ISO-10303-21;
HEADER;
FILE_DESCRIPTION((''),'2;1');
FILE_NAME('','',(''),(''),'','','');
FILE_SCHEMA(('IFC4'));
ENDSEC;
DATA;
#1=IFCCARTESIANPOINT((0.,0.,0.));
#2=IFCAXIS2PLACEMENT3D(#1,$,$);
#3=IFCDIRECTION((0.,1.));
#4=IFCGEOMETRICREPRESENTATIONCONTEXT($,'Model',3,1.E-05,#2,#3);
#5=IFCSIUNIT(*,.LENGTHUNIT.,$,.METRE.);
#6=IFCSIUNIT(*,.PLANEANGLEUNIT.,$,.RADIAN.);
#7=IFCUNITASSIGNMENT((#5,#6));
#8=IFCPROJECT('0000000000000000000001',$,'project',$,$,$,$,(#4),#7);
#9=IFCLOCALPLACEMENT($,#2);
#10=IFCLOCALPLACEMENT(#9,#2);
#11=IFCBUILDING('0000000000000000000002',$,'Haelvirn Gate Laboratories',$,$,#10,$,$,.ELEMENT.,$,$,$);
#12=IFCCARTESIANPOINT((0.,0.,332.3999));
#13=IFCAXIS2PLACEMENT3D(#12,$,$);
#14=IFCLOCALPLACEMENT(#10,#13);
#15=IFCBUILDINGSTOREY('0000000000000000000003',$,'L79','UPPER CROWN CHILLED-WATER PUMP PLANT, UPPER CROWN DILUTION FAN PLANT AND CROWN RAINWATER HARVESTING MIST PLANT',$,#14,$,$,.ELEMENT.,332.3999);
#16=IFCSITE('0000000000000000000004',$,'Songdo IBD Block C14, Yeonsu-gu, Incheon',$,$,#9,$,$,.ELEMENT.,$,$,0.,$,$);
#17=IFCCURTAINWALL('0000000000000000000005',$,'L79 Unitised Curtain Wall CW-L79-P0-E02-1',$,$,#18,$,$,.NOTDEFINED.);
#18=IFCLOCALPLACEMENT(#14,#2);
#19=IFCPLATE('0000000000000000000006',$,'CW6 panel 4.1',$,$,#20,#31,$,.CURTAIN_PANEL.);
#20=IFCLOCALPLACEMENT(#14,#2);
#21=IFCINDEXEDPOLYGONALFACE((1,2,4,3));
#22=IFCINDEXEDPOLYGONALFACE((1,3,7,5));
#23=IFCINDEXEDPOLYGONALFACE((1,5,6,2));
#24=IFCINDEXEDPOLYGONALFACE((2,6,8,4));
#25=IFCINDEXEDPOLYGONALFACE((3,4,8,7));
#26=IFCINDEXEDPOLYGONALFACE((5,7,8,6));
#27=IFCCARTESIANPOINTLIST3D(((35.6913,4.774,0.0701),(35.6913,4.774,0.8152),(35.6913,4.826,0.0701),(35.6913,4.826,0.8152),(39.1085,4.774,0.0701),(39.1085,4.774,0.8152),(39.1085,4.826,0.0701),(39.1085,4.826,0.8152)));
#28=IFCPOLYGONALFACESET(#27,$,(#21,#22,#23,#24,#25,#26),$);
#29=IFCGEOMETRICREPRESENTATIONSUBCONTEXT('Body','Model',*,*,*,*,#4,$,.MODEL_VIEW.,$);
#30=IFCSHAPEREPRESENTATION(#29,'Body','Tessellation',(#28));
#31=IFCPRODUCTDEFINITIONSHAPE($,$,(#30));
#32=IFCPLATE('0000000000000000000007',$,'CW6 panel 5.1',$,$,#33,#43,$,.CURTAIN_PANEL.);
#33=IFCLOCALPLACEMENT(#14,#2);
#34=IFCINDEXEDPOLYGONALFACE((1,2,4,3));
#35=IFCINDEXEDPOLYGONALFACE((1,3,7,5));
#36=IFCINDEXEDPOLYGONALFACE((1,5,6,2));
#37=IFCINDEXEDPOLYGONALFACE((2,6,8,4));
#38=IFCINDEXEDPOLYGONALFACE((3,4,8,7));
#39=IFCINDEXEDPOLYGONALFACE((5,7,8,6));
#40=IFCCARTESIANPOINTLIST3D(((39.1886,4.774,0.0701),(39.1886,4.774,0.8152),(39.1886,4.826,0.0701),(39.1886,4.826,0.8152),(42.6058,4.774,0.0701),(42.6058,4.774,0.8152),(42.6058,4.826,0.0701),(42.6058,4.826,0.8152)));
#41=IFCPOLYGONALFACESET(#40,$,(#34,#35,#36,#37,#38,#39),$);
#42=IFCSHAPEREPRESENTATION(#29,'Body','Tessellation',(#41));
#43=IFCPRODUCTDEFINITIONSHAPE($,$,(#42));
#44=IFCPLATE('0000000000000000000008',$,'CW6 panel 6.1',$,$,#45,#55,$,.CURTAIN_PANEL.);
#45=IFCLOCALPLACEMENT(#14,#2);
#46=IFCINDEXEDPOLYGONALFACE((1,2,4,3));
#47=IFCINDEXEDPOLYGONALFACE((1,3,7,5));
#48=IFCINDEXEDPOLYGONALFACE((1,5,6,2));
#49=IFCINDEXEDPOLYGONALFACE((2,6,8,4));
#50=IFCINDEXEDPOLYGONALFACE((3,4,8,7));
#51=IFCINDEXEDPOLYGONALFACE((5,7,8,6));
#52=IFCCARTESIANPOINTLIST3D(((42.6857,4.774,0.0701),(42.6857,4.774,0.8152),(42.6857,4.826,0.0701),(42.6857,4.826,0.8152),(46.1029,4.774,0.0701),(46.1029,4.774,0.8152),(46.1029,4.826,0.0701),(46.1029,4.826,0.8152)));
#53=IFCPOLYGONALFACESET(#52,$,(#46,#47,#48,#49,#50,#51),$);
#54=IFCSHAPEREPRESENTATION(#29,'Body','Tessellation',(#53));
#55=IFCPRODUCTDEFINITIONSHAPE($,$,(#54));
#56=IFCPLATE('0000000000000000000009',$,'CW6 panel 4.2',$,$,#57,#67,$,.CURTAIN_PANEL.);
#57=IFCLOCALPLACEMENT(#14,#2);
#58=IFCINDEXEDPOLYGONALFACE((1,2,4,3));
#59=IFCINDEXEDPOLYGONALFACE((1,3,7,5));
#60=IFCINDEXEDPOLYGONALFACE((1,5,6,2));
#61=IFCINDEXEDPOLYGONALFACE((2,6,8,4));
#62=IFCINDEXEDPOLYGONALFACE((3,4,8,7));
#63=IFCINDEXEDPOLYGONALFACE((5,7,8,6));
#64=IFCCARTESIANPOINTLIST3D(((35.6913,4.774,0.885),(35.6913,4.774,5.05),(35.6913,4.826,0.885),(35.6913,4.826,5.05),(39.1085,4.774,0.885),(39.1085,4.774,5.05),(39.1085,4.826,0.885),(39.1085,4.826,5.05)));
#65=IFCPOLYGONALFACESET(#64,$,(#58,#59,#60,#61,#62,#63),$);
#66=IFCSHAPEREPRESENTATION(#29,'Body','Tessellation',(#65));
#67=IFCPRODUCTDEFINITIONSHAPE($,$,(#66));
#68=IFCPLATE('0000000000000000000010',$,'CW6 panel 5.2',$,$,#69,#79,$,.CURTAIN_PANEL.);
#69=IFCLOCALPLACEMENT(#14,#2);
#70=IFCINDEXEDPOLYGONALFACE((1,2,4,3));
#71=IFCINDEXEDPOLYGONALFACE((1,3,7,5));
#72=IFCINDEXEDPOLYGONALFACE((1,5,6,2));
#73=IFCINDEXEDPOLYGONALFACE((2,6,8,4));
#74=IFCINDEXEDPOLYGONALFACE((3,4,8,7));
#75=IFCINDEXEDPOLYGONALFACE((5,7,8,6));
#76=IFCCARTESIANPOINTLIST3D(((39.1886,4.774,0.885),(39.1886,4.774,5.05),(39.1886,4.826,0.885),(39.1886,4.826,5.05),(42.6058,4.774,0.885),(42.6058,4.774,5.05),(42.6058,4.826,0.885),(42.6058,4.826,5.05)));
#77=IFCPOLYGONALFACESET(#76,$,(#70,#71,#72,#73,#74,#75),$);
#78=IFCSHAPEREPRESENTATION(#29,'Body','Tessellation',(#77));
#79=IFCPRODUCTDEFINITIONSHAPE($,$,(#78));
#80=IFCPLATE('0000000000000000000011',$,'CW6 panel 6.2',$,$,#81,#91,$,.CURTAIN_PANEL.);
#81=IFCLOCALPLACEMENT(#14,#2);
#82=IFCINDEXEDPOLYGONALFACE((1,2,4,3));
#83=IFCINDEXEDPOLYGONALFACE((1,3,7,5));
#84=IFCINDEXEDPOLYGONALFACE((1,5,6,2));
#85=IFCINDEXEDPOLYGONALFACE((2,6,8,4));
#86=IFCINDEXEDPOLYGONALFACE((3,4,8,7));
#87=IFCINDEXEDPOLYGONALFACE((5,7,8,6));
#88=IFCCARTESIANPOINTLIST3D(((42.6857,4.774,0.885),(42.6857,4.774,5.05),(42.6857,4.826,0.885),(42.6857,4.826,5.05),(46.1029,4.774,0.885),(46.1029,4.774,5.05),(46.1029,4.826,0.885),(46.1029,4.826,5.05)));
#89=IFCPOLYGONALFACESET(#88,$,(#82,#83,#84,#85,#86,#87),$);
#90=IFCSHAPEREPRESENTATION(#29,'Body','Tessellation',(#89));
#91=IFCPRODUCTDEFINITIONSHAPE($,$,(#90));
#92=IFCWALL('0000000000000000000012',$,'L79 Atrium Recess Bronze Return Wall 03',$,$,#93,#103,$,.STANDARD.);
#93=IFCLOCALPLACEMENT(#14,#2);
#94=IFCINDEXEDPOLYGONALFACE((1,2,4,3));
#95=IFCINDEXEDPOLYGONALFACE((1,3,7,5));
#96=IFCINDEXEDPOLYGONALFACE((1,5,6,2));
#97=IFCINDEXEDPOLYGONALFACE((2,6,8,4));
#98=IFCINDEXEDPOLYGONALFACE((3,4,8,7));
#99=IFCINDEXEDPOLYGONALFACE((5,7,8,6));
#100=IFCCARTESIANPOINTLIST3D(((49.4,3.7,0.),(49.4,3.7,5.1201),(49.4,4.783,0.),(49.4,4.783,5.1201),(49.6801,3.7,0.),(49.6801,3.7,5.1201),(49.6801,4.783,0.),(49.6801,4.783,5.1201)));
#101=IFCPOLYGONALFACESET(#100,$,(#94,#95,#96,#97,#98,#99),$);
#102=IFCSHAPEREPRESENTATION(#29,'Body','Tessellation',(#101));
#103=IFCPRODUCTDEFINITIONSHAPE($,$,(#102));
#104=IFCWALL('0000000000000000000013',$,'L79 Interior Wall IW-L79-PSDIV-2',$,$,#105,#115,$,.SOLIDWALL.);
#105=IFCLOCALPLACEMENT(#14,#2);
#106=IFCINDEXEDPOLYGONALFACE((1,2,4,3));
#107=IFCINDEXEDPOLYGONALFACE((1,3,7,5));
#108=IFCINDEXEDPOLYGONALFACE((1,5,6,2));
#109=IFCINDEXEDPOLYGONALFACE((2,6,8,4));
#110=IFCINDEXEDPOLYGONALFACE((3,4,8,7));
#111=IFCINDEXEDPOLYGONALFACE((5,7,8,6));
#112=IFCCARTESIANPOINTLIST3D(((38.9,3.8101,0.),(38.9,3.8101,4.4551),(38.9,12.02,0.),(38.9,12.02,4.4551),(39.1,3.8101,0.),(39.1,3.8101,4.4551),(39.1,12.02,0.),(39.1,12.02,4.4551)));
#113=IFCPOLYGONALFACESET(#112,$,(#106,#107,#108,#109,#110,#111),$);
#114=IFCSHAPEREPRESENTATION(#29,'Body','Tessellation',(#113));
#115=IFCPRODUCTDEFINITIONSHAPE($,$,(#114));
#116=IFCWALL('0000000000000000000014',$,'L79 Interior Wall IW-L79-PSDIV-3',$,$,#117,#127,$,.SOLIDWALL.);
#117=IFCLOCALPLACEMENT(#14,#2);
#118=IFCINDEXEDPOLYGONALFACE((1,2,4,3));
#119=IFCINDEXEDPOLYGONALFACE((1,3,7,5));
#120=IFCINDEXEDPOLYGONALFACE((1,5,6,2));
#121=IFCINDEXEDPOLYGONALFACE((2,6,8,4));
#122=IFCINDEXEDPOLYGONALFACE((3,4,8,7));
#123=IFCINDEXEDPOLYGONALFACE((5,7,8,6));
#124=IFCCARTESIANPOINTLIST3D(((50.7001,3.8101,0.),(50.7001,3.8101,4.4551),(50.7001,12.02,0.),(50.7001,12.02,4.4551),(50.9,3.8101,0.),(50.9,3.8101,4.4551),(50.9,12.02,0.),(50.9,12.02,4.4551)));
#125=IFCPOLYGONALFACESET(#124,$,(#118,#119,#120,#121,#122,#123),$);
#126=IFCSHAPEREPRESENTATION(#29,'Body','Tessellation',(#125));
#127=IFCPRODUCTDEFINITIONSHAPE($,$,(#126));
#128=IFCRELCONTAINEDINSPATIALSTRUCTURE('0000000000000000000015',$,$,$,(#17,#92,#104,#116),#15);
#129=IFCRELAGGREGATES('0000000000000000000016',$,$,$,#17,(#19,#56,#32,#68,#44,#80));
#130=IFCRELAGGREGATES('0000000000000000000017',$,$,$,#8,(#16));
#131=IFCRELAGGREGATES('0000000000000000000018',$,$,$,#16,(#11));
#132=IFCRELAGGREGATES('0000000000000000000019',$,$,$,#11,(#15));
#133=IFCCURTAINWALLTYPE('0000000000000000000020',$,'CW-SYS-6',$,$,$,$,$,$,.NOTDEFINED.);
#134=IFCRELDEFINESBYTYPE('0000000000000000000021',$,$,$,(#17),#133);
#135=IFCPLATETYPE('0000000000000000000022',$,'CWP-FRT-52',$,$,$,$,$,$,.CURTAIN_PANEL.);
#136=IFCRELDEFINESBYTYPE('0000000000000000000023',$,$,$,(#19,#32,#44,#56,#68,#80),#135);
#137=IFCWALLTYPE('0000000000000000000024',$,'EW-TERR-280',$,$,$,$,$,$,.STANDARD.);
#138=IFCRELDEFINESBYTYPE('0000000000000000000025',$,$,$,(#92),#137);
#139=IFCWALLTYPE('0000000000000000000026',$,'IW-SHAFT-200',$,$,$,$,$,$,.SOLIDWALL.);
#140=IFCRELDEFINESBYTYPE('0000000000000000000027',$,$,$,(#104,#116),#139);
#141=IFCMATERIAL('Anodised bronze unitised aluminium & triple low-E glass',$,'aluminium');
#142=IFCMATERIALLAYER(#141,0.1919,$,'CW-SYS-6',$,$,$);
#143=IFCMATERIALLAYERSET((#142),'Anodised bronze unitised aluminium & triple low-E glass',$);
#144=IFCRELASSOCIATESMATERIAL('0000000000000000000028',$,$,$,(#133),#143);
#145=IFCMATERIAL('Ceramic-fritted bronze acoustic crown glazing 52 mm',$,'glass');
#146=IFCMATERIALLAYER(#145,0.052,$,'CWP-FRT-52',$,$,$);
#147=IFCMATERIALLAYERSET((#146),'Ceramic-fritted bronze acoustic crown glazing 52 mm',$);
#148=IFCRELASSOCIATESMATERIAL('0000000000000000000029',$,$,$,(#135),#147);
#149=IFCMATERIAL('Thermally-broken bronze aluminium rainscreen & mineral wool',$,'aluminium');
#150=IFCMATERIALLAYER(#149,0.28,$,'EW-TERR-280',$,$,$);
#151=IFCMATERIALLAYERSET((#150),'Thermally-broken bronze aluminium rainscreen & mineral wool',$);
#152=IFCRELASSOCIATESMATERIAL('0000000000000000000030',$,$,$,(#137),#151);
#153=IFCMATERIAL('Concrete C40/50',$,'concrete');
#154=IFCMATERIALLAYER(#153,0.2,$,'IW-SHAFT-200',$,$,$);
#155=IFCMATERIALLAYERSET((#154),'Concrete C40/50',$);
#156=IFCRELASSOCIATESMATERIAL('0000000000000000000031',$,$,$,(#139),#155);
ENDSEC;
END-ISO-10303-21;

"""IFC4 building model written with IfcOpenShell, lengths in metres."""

from ifc_helpers import new_model, si_unit, direction, frame, frame_2d, origin, origin_2d, place, context, subcontext, project, spatial, rectangle, extrude, source, transform, mapped, material, layer, layer_set, type_object, element, aggregate, save


model = new_model("IFC4")

# Units and contexts
model_context = context("Model", 3, precision=1e-05, world=origin(), true_north=direction((0.0, 1.0)))
body_context = subcontext(model_context, "Body", "Model", "MODEL_VIEW")
ifc_project = project(units=[si_unit("LENGTHUNIT", "METRE"), si_unit("PLANEANGLEUNIT", "RADIAN")], contexts=[model_context])

# Site, building, storey
site_placement = place(None, origin())
site = spatial("IfcSite", under=ifc_project, at=site_placement, Name="Songdo IBD Block C14, Yeonsu-gu, Incheon", CompositionType="ELEMENT", RefElevation=0.0)
building_placement = place(site_placement, origin())
building = spatial("IfcBuilding", under=site, at=building_placement, Name="Haelvirn Gate Laboratories", CompositionType="ELEMENT")
storey_placement = place(building_placement, frame((0.0, 0.0, 332.3999)))
storey = spatial("IfcBuildingStorey", under=building, at=storey_placement, Name="L79", Description="UPPER CROWN CHILLED-WATER PUMP PLANT, UPPER CROWN DILUTION FAN PLANT AND CROWN RAINWATER HARVESTING MIST PLANT", CompositionType="ELEMENT", Elevation=332.3999)

# Curtain wall
ifc_material_1 = material(Name="Anodised bronze unitised aluminium & triple low-E glass", Category="aluminium")
ifc_layer_1 = layer(ifc_material_1, 0.1919, Name="CW-SYS-6")
ifc_layer_set_1 = layer_set([ifc_layer_1], Name="Anodised bronze unitised aluminium & triple low-E glass")
curtain_wall_type = type_object("IfcCurtainWallType", Name="CW-SYS-6", PredefinedType="NOTDEFINED", material=ifc_layer_set_1)
curtain_wall_1_placement = place(storey_placement, origin())
curtain_wall_1 = element("IfcCurtainWall", 1, at=curtain_wall_1_placement, inside=storey, type_object=curtain_wall_type, Name="L79 Unitised Curtain Wall CW-L79-P0-E02-1", PredefinedType="NOTDEFINED")

# Plates
ifc_material_2 = material(Name="Ceramic-fritted bronze acoustic crown glazing 52 mm", Category="glass")
ifc_layer_2 = layer(ifc_material_2, 0.052, Name="CWP-FRT-52")
ifc_layer_set_2 = layer_set([ifc_layer_2], Name="Ceramic-fritted bronze acoustic crown glazing 52 mm")
plate_type = type_object("IfcPlateType", Name="CWP-FRT-52", PredefinedType="CURTAIN_PANEL", material=ifc_layer_set_2)
shared_shape_1 = source(origin(), body_context, "Body", "SweptSolid", [
    extrude(rectangle(XDim=3.4172, YDim=0.052, at=origin_2d()), origin(), (0.0, 0.0, 1.0), 0.7451),
])
plate_1_placement = place(storey_placement, frame((37.3999, 4.8, 0.0701), z_axis=(0.0, 0.0, 1.0), x_axis=(1.0, 0.0, 0.0)))
plate_1 = element("IfcPlate", 2, at=plate_1_placement, type_object=plate_type, Name="CW6 panel 4.1", PredefinedType="CURTAIN_PANEL", context=body_context, shape_type="MappedRepresentation", body=[
    mapped(shared_shape_1, transform((0.0, 0.0, 0.0), scale=1.0)),
])
plate_2_placement = place(storey_placement, frame((40.8972, 4.8, 0.0701), z_axis=(0.0, 0.0, 1.0), x_axis=(1.0, 0.0, 0.0)))
plate_2 = element("IfcPlate", 3, at=plate_2_placement, type_object=plate_type, Name="CW6 panel 5.1", PredefinedType="CURTAIN_PANEL", context=body_context, shape_type="MappedRepresentation", body=[
    mapped(shared_shape_1, transform((0.0, 0.0, 0.0), scale=1.0)),
])
plate_3_placement = place(storey_placement, frame((44.3943, 4.8, 0.0701), z_axis=(0.0, 0.0, 1.0), x_axis=(1.0, 0.0, 0.0)))
plate_3 = element("IfcPlate", 4, at=plate_3_placement, type_object=plate_type, Name="CW6 panel 6.1", PredefinedType="CURTAIN_PANEL", context=body_context, shape_type="MappedRepresentation", body=[
    mapped(shared_shape_1, transform((0.0, 0.0, 0.0), scale=1.0)),
])
shared_shape_2 = source(origin(), body_context, "Body", "SweptSolid", [
    extrude(rectangle(XDim=3.4172, YDim=0.052, at=origin_2d()), origin(), (0.0, 0.0, 1.0), 4.165),
])
plate_4_placement = place(storey_placement, frame((37.3999, 4.8, 0.885), z_axis=(0.0, 0.0, 1.0), x_axis=(1.0, 0.0, 0.0)))
plate_4 = element("IfcPlate", 5, at=plate_4_placement, type_object=plate_type, Name="CW6 panel 4.2", PredefinedType="CURTAIN_PANEL", context=body_context, shape_type="MappedRepresentation", body=[
    mapped(shared_shape_2, transform((0.0, 0.0, 0.0), scale=1.0)),
])
plate_5_placement = place(storey_placement, frame((40.8972, 4.8, 0.885), z_axis=(0.0, 0.0, 1.0), x_axis=(1.0, 0.0, 0.0)))
plate_5 = element("IfcPlate", 6, at=plate_5_placement, type_object=plate_type, Name="CW6 panel 5.2", PredefinedType="CURTAIN_PANEL", context=body_context, shape_type="MappedRepresentation", body=[
    mapped(shared_shape_2, transform((0.0, 0.0, 0.0), scale=1.0)),
])
plate_6_placement = place(storey_placement, frame((44.3943, 4.8, 0.885), z_axis=(0.0, 0.0, 1.0), x_axis=(1.0, 0.0, 0.0)))
plate_6 = element("IfcPlate", 7, at=plate_6_placement, type_object=plate_type, Name="CW6 panel 6.2", PredefinedType="CURTAIN_PANEL", context=body_context, shape_type="MappedRepresentation", body=[
    mapped(shared_shape_2, transform((0.0, 0.0, 0.0), scale=1.0)),
])
aggregate(curtain_wall_1, [plate_1, plate_4, plate_2, plate_5, plate_3, plate_6])

# Walls
ifc_material_3 = material(Name="Thermally-broken bronze aluminium rainscreen & mineral wool", Category="aluminium")
ifc_layer_3 = layer(ifc_material_3, 0.28, Name="EW-TERR-280")
ifc_layer_set_3 = layer_set([ifc_layer_3], Name="Thermally-broken bronze aluminium rainscreen & mineral wool")
wall_type_1 = type_object("IfcWallType", Name="EW-TERR-280", PredefinedType="STANDARD", material=ifc_layer_set_3)
wall_placement = place(storey_placement, frame((49.54, 4.783, 0.0), z_axis=(0.0, 0.0, 1.0), x_axis=(0.0, -1.0, 0.0)))
element("IfcWall", 8, at=wall_placement, inside=storey, type_object=wall_type_1, Name="L79 Atrium Recess Bronze Return Wall 03", PredefinedType="STANDARD", context=body_context, shape_type="SweptSolid", body=[
    extrude(rectangle(XDim=1.083, YDim=0.28, at=frame_2d((0.5415, 0.0))), origin(), (0.0, 0.0, 1.0), 5.1201),
])
ifc_material_4 = material(Name="Concrete C40/50", Category="concrete")
ifc_layer_4 = layer(ifc_material_4, 0.2, Name="IW-SHAFT-200")
ifc_layer_set_4 = layer_set([ifc_layer_4], Name="Concrete C40/50")
wall_type_2 = type_object("IfcWallType", Name="IW-SHAFT-200", PredefinedType="SOLIDWALL", material=ifc_layer_set_4)
for number, where, z_axis, x_axis, name in (
    (9, (39.0, 3.8101, 0.0), (0.0, 0.0, 1.0), (0.0, 1.0, 0.0), "L79 Interior Wall IW-L79-PSDIV-2"),
    (10, (50.8, 3.8101, 0.0), (0.0, 0.0, 1.0), (0.0, 1.0, 0.0), "L79 Interior Wall IW-L79-PSDIV-3"),
):
    element("IfcWall", number, at=place(storey_placement, frame(where, z_axis=z_axis, x_axis=x_axis)), inside=storey, type_object=wall_type_2, Name=name, PredefinedType="SOLIDWALL", context=body_context, shape_type="SweptSolid", body=[
        extrude(rectangle(XDim=8.21, YDim=0.2, at=frame_2d((4.105, 0.0))), origin(), (0.0, 0.0, 1.0), 4.4551),
    ])

save(model, "model.ifc")
